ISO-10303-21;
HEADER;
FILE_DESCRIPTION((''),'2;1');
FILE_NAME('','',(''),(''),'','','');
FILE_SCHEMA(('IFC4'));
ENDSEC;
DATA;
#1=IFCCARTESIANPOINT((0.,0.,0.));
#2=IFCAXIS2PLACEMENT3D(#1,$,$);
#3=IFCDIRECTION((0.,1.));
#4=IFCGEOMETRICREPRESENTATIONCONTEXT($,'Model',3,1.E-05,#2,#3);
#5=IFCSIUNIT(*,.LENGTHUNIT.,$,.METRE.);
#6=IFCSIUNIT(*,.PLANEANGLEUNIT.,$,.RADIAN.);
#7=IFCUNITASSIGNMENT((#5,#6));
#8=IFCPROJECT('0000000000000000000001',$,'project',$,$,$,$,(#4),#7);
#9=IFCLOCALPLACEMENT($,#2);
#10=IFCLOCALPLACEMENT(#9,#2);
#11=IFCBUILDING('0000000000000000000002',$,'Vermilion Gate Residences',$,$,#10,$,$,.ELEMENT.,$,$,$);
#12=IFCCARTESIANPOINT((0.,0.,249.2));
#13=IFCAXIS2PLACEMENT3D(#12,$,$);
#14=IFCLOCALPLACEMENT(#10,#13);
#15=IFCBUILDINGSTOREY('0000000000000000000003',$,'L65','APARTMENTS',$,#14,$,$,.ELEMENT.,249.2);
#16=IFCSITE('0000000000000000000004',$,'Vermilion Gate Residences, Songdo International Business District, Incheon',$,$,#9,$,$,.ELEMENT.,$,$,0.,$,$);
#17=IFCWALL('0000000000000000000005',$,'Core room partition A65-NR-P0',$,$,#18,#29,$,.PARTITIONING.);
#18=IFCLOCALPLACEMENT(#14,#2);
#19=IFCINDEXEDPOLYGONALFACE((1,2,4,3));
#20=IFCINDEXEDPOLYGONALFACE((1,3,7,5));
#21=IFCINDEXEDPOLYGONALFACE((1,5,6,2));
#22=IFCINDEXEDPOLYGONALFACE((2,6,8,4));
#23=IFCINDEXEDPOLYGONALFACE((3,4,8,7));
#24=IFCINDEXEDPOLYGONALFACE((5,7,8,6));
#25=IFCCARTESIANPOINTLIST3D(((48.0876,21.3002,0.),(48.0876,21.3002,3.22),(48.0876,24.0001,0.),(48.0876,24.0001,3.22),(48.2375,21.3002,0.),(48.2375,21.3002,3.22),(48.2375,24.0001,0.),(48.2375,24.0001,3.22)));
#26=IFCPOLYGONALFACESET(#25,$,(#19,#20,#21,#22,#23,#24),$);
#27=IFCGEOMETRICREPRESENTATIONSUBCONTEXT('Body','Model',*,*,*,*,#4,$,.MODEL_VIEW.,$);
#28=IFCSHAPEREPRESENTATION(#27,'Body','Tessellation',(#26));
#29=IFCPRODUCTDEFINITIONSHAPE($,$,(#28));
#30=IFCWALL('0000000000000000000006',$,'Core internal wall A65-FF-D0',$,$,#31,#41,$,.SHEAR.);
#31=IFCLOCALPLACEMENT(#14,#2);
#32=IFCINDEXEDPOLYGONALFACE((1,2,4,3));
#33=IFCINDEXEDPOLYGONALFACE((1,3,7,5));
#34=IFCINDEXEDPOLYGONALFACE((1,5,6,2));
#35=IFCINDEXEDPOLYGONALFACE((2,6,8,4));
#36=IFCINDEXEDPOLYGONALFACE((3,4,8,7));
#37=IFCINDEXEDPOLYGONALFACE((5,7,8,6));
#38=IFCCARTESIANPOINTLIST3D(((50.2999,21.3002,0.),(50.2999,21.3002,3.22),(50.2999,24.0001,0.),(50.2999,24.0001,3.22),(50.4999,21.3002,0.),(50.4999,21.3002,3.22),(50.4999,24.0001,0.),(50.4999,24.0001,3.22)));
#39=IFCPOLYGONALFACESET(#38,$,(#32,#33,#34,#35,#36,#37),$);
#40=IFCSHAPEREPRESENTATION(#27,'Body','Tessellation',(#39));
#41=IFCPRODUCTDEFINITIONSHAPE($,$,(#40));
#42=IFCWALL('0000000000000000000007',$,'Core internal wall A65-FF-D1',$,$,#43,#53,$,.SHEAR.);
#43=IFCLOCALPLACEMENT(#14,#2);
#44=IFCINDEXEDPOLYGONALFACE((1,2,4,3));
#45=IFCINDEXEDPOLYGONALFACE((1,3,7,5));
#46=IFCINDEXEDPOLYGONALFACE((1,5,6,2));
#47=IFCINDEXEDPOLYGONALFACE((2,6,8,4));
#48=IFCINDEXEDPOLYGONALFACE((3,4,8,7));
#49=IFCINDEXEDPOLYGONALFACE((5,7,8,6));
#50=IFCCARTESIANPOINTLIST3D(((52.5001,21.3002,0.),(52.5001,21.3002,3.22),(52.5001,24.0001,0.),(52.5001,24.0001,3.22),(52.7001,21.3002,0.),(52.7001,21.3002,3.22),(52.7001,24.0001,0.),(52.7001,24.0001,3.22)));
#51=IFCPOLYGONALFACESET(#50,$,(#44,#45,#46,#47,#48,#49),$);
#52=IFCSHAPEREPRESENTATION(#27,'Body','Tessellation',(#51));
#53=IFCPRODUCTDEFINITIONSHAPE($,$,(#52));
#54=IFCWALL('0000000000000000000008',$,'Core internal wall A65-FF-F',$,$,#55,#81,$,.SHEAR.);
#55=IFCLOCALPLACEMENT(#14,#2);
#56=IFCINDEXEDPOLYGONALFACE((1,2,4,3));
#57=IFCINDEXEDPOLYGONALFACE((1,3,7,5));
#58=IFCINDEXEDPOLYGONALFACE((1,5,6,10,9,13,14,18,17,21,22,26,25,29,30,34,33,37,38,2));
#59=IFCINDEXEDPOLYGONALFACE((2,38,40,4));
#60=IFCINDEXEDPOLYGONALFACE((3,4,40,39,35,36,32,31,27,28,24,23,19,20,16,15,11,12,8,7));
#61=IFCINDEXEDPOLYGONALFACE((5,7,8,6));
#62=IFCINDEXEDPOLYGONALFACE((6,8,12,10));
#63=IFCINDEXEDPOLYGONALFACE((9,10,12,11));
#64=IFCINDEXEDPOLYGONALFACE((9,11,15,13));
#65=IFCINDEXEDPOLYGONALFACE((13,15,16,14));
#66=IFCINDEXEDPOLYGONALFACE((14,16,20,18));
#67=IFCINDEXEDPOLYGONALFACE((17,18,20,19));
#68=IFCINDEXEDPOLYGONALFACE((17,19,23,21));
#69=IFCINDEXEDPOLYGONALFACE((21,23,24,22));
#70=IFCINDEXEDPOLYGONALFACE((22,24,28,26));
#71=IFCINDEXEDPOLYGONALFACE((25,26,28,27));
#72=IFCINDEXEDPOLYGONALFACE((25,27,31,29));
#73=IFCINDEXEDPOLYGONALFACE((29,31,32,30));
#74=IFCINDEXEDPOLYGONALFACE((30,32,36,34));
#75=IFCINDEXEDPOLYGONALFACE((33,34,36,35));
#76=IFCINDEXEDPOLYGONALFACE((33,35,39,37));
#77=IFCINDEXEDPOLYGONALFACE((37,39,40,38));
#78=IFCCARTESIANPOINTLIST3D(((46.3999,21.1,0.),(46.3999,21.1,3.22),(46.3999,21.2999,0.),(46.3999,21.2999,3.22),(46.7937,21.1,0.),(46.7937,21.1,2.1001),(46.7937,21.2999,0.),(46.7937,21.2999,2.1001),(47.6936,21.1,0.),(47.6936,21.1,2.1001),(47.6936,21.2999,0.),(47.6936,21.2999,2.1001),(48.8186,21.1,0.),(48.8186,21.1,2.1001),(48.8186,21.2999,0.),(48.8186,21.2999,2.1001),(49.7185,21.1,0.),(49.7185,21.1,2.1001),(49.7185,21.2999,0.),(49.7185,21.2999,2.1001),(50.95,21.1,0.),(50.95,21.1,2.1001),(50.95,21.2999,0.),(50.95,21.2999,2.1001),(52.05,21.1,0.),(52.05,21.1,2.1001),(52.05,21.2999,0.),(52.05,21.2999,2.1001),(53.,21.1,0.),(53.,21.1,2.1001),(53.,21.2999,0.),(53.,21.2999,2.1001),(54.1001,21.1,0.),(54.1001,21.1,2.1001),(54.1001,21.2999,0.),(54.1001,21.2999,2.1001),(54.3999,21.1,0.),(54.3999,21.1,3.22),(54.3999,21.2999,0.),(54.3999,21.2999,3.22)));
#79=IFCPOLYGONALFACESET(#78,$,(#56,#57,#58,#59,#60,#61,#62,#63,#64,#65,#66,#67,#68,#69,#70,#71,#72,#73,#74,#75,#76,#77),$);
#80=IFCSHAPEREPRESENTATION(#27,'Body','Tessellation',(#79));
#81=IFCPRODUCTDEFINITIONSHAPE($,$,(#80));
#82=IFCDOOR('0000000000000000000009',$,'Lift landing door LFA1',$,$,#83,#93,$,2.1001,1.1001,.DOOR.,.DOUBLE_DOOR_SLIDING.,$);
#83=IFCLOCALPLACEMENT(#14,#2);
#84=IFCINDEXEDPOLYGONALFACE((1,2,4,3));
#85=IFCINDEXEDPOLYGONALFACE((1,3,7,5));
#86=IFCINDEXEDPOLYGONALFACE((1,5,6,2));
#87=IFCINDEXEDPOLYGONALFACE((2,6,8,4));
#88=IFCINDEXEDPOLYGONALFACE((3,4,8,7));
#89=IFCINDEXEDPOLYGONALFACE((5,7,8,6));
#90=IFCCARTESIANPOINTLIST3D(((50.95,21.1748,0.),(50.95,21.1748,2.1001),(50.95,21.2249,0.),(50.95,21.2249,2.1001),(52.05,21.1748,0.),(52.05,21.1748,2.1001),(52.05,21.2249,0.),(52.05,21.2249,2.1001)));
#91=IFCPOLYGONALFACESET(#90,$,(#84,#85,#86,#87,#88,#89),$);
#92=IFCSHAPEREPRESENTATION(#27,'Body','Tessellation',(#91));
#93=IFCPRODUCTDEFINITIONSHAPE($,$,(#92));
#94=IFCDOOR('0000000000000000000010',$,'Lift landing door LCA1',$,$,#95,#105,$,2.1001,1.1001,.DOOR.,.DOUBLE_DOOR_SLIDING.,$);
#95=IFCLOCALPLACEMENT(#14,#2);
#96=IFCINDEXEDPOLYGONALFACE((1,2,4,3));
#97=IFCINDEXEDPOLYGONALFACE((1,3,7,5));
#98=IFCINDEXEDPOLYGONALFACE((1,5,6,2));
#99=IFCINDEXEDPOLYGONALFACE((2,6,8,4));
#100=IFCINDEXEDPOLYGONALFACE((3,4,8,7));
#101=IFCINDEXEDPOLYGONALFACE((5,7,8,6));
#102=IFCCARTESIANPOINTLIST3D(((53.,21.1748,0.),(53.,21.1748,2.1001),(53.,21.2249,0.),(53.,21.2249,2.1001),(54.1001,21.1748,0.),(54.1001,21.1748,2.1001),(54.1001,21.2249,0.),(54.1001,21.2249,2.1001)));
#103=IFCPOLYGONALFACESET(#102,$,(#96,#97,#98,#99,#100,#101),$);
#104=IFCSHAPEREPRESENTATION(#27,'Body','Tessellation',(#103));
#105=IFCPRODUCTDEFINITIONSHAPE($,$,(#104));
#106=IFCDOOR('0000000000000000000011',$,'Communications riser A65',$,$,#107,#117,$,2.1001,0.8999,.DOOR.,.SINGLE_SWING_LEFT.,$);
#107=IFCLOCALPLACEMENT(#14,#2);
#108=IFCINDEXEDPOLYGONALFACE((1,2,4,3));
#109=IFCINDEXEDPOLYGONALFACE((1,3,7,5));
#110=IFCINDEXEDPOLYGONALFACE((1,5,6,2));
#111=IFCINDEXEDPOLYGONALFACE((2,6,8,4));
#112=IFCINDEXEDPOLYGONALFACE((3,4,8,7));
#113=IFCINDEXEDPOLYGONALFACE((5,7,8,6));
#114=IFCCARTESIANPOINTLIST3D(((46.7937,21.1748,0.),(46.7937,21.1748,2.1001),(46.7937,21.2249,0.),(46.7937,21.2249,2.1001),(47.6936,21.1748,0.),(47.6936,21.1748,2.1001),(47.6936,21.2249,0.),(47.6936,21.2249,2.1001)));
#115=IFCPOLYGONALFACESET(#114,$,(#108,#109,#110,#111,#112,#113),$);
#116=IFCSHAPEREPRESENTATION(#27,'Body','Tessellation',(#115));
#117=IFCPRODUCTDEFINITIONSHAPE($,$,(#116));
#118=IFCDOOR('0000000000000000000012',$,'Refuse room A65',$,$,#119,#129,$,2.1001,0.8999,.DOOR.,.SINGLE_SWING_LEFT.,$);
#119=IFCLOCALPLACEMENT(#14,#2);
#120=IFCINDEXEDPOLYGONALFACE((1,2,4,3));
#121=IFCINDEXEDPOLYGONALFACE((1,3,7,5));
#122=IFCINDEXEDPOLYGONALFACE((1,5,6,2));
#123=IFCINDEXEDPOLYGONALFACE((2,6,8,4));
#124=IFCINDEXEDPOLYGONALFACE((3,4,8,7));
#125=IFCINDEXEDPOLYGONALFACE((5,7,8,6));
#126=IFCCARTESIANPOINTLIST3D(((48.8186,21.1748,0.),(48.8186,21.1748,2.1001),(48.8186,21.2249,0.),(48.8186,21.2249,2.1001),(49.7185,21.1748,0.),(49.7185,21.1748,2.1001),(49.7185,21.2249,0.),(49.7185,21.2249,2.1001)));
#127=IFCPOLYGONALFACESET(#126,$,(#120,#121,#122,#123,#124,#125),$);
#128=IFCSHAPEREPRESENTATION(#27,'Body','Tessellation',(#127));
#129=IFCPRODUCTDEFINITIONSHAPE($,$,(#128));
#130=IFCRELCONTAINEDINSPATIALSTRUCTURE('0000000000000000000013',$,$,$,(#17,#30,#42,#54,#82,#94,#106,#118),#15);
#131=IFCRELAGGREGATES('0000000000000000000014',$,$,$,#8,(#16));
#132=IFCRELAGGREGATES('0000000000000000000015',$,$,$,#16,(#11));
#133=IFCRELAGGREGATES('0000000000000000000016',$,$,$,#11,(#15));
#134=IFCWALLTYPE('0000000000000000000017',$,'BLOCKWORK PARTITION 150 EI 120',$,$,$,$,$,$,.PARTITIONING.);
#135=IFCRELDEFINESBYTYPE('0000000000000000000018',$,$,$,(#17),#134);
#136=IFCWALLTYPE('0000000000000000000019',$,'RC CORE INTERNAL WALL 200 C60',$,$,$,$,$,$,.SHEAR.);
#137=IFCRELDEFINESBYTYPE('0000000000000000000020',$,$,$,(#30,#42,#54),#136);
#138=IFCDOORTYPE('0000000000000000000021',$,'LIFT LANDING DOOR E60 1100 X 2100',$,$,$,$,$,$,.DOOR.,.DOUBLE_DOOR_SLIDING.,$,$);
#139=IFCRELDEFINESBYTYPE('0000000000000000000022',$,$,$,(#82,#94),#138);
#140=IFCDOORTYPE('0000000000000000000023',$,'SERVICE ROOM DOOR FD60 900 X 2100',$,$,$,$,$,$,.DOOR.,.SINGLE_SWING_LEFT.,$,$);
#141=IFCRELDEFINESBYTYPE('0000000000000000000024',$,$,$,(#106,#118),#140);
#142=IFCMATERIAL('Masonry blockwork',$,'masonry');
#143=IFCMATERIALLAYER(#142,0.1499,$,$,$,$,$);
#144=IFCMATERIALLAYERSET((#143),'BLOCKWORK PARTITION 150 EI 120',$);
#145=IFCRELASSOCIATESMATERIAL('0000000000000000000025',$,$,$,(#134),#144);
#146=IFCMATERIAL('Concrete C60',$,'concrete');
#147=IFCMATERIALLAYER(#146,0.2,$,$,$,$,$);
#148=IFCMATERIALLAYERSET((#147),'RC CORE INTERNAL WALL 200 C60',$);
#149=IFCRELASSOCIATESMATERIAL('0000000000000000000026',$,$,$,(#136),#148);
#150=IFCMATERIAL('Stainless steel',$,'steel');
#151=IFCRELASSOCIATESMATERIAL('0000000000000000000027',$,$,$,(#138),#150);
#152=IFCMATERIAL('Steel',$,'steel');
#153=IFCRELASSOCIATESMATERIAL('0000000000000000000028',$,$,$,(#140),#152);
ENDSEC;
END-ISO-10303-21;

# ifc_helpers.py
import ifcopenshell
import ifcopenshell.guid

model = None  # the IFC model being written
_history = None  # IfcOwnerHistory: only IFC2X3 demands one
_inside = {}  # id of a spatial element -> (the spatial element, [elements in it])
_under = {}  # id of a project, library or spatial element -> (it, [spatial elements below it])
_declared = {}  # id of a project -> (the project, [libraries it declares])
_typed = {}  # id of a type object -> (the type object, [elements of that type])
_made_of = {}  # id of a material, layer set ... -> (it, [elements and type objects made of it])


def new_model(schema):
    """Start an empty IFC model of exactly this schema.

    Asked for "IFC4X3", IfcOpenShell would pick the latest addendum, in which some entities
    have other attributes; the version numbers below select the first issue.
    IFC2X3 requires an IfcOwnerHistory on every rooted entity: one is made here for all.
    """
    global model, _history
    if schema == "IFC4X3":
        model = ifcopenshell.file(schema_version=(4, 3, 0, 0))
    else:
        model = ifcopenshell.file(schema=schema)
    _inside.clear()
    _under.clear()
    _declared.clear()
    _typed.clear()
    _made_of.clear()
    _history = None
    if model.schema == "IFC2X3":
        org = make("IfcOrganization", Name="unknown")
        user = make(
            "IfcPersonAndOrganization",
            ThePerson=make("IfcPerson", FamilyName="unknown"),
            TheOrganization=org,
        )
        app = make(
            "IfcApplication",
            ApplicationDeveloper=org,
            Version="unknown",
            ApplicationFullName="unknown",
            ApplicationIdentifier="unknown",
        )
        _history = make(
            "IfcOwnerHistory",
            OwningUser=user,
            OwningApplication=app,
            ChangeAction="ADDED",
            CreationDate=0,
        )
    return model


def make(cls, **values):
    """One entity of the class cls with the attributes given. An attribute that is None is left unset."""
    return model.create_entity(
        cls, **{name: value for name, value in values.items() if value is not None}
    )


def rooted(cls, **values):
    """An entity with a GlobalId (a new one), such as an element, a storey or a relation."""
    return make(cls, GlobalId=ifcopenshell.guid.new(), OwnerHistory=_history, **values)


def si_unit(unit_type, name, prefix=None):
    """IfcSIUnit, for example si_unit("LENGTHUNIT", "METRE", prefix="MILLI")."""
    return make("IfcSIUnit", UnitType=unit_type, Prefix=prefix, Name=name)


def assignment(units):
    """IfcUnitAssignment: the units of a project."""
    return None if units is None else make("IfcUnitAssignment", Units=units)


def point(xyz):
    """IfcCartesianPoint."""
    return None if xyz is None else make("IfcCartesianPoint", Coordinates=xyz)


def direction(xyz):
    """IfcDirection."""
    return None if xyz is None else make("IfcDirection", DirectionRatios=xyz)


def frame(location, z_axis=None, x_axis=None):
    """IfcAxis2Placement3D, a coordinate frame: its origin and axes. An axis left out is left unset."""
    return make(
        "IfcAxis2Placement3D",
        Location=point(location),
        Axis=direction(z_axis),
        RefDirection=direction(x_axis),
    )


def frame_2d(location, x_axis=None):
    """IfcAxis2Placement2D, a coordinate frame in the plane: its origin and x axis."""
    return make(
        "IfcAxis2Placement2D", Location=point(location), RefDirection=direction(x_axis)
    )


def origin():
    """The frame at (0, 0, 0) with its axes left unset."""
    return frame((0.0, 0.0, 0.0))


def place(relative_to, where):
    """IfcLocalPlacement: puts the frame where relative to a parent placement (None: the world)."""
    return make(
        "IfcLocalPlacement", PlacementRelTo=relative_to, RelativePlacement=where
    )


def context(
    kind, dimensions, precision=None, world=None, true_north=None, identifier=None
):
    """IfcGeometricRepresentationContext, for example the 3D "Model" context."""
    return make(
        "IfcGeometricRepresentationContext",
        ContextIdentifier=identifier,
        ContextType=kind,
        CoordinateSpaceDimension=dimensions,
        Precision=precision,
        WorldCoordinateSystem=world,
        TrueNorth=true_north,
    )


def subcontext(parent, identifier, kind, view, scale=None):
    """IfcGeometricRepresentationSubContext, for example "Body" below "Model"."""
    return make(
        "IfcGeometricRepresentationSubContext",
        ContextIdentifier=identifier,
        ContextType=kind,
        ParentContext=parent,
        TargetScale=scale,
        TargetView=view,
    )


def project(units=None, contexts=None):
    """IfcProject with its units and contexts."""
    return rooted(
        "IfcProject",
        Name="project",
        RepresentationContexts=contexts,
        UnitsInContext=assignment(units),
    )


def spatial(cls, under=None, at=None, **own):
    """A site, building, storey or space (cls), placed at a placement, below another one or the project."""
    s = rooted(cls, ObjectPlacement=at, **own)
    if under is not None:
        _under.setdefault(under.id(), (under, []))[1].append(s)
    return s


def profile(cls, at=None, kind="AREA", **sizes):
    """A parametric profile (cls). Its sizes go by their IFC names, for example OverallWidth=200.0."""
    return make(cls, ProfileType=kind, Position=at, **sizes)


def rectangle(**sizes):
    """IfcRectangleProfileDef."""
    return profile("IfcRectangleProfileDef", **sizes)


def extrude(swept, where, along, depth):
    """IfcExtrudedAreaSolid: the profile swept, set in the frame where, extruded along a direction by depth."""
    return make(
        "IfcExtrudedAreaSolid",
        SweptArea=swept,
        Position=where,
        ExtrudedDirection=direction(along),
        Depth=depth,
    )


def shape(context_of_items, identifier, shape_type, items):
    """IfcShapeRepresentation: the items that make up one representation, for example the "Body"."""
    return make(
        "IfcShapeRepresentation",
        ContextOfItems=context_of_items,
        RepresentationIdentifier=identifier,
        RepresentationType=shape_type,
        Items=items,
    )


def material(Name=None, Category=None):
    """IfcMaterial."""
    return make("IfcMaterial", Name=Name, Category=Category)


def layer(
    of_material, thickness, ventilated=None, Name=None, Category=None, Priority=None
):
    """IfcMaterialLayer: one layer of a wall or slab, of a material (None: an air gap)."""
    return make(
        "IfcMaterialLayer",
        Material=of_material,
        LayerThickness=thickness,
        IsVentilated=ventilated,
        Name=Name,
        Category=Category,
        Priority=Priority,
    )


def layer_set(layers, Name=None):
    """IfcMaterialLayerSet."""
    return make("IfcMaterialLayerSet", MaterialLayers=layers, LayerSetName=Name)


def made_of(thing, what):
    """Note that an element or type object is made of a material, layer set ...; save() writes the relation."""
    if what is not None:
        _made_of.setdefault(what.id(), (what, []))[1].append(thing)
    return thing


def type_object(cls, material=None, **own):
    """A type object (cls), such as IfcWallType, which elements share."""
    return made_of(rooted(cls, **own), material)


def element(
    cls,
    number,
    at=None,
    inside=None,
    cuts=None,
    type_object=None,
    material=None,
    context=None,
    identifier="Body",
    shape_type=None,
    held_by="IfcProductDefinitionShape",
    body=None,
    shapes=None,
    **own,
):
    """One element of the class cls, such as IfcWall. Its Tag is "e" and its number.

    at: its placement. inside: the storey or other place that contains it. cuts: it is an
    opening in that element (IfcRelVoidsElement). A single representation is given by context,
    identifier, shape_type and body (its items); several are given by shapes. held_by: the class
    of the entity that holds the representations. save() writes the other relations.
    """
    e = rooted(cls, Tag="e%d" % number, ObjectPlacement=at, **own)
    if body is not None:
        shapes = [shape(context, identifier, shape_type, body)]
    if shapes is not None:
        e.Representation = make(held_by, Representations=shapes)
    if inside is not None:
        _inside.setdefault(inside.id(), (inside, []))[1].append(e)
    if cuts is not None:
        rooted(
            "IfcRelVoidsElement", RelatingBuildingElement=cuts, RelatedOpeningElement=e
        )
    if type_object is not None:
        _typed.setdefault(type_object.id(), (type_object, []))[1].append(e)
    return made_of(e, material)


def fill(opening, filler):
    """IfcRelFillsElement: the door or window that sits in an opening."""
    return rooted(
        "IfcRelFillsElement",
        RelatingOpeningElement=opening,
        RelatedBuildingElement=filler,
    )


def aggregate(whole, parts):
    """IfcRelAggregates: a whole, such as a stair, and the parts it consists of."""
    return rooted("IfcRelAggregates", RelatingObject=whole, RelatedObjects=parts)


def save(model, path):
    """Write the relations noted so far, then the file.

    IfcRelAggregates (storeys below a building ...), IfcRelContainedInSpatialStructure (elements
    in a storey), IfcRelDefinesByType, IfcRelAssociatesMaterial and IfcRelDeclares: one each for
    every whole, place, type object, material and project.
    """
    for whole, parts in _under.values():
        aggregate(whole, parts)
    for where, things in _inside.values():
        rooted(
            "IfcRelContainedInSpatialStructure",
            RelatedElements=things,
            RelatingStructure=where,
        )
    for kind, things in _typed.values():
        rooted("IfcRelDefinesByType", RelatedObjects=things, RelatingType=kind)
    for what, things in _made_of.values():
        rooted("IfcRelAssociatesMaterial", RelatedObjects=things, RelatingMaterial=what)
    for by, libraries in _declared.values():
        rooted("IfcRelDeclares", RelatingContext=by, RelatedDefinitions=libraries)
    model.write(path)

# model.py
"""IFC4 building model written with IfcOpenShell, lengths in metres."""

from ifc_helpers import new_model, si_unit, direction, frame, frame_2d, origin, place, context, subcontext, project, spatial, rectangle, extrude, material, layer, layer_set, type_object, element, fill, save


model = new_model("IFC4")

# Units and contexts
model_context = context("Model", 3, precision=1e-05, world=origin(), true_north=direction((0.0, 1.0)))
body_context = subcontext(model_context, "Body", "Model", "MODEL_VIEW")
ifc_project = project(units=[si_unit("LENGTHUNIT", "METRE"), si_unit("PLANEANGLEUNIT", "RADIAN")], contexts=[model_context])

# Site, building, storey
site_placement = place(None, origin())
site = spatial("IfcSite", under=ifc_project, at=site_placement, Name="Vermilion Gate Residences, Songdo International Business District, Incheon", CompositionType="ELEMENT", RefElevation=0.0)
building_placement = place(site_placement, origin())
building = spatial("IfcBuilding", under=site, at=building_placement, Name="Vermilion Gate Residences", CompositionType="ELEMENT")
storey_placement = place(building_placement, frame((0.0, 0.0, 249.2)))
storey = spatial("IfcBuildingStorey", under=building, at=storey_placement, Name="L65", Description="APARTMENTS", CompositionType="ELEMENT", Elevation=249.2)

# Walls
ifc_material_1 = material(Name="Masonry blockwork", Category="masonry")
ifc_layer_1 = layer(ifc_material_1, 0.1499)
ifc_layer_set_1 = layer_set([ifc_layer_1], Name="BLOCKWORK PARTITION 150 EI 120")
wall_type_1 = type_object("IfcWallType", Name="BLOCKWORK PARTITION 150 EI 120", PredefinedType="PARTITIONING", material=ifc_layer_set_1)
wall_1_placement = place(storey_placement, frame((48.1626, 21.3, 0.0), z_axis=(0.0, 0.0, 1.0), x_axis=(0.0, 1.0, 0.0)))
element("IfcWall", 1, at=wall_1_placement, inside=storey, type_object=wall_type_1, Name="Core room partition A65-NR-P0", PredefinedType="PARTITIONING", context=body_context, shape_type="SweptSolid", body=[
    extrude(rectangle(XDim=2.7, YDim=0.1499, at=frame_2d((1.3501, 0.0))), origin(), (0.0, 0.0, 1.0), 3.22),
])
ifc_material_2 = material(Name="Concrete C60", Category="concrete")
ifc_layer_2 = layer(ifc_material_2, 0.2)
ifc_layer_set_2 = layer_set([ifc_layer_2], Name="RC CORE INTERNAL WALL 200 C60")
wall_type_2 = type_object("IfcWallType", Name="RC CORE INTERNAL WALL 200 C60", PredefinedType="SHEAR", material=ifc_layer_set_2)
for number, where, z_axis, x_axis, name in (
    (2, (50.3999, 21.3, 0.0), (0.0, 0.0, 1.0), (0.0, 1.0, 0.0), "Core internal wall A65-FF-D0"),
    (3, (52.6001, 21.3, 0.0), (0.0, 0.0, 1.0), (0.0, 1.0, 0.0), "Core internal wall A65-FF-D1"),
):
    element("IfcWall", number, at=place(storey_placement, frame(where, z_axis=z_axis, x_axis=x_axis)), inside=storey, type_object=wall_type_2, Name=name, PredefinedType="SHEAR", context=body_context, shape_type="SweptSolid", body=[
        extrude(rectangle(XDim=2.7, YDim=0.2, at=frame_2d((1.3501, 0.0))), origin(), (0.0, 0.0, 1.0), 3.22),
    ])

# Wall, openings, doors
wall_2_placement = place(storey_placement, frame((46.3999, 21.2, 0.0), z_axis=(0.0, 0.0, 1.0), x_axis=(1.0, 0.0, 0.0)))
wall_2 = element("IfcWall", 4, at=wall_2_placement, inside=storey, type_object=wall_type_2, Name="Core internal wall A65-FF-F", PredefinedType="SHEAR", context=body_context, shape_type="SweptSolid", body=[
    extrude(rectangle(XDim=8.0, YDim=0.2, at=frame_2d((4.0, 0.0))), origin(), (0.0, 0.0, 1.0), 3.22),
])
opening_1_placement = place(wall_2_placement, frame((0.3938, 0.0, 0.0)))
opening_1 = element("IfcOpeningElement", 5, at=opening_1_placement, cuts=wall_2, PredefinedType="OPENING", context=body_context, shape_type="SweptSolid", body=[
    extrude(rectangle(XDim=0.8999, YDim=2.1001, at=frame_2d((0.45, 1.05))), frame((0.0, 0.1099, 0.0), z_axis=(0.0, -1.0, 0.0), x_axis=(1.0, 0.0, 0.0)), (0.0, 0.0, 1.0), 0.22),
])
opening_2_placement = place(wall_2_placement, frame((2.4187, 0.0, 0.0)))
opening_2 = element("IfcOpeningElement", 6, at=opening_2_placement, cuts=wall_2, PredefinedType="OPENING", context=body_context, shape_type="SweptSolid", body=[
    extrude(rectangle(XDim=0.8999, YDim=2.1001, at=frame_2d((0.45, 1.05))), frame((0.0, 0.1099, 0.0), z_axis=(0.0, -1.0, 0.0), x_axis=(1.0, 0.0, 0.0)), (0.0, 0.0, 1.0), 0.22),
])
opening_3_placement = place(wall_2_placement, frame((4.55, 0.0, 0.0)))
opening_3 = element("IfcOpeningElement", 7, at=opening_3_placement, cuts=wall_2, PredefinedType="OPENING", context=body_context, shape_type="SweptSolid", body=[
    extrude(rectangle(XDim=1.1001, YDim=2.1001, at=frame_2d((0.55, 1.05))), frame((0.0, 0.1099, 0.0), z_axis=(0.0, -1.0, 0.0), x_axis=(1.0, 0.0, 0.0)), (0.0, 0.0, 1.0), 0.22),
])
opening_4_placement = place(wall_2_placement, frame((6.6001, 0.0, 0.0)))
opening_4 = element("IfcOpeningElement", 8, at=opening_4_placement, cuts=wall_2, PredefinedType="OPENING", context=body_context, shape_type="SweptSolid", body=[
    extrude(rectangle(XDim=1.1001, YDim=2.1001, at=frame_2d((0.55, 1.05))), frame((0.0, 0.1099, 0.0), z_axis=(0.0, -1.0, 0.0), x_axis=(1.0, 0.0, 0.0)), (0.0, 0.0, 1.0), 0.22),
])
ifc_material_3 = material(Name="Stainless steel", Category="steel")
door_type_1 = type_object("IfcDoorType", Name="LIFT LANDING DOOR E60 1100 X 2100", OperationType="DOUBLE_DOOR_SLIDING", PredefinedType="DOOR", material=ifc_material_3)
door_1_placement = place(opening_3_placement, origin())
door_1 = element("IfcDoor", 9, at=door_1_placement, inside=storey, type_object=door_type_1, Name="Lift landing door LFA1", OperationType="DOUBLE_DOOR_SLIDING", OverallHeight=2.1001, OverallWidth=1.1001, PredefinedType="DOOR", context=body_context, shape_type="SweptSolid", body=[
    extrude(rectangle(XDim=1.1001, YDim=2.1001, at=frame_2d((0.55, 1.05))), frame((0.0, 0.0249, 0.0), z_axis=(0.0, -1.0, 0.0), x_axis=(1.0, 0.0, 0.0)), (0.0, 0.0, 1.0), 0.05),
])
fill(opening_3, door_1)
door_2_placement = place(opening_4_placement, origin())
door_2 = element("IfcDoor", 10, at=door_2_placement, inside=storey, type_object=door_type_1, Name="Lift landing door LCA1", OperationType="DOUBLE_DOOR_SLIDING", OverallHeight=2.1001, OverallWidth=1.1001, PredefinedType="DOOR", context=body_context, shape_type="SweptSolid", body=[
    extrude(rectangle(XDim=1.1001, YDim=2.1001, at=frame_2d((0.55, 1.05))), frame((0.0, 0.0249, 0.0), z_axis=(0.0, -1.0, 0.0), x_axis=(1.0, 0.0, 0.0)), (0.0, 0.0, 1.0), 0.05),
])
fill(opening_4, door_2)
ifc_material_4 = material(Name="Steel", Category="steel")
door_type_2 = type_object("IfcDoorType", Name="SERVICE ROOM DOOR FD60 900 X 2100", OperationType="SINGLE_SWING_LEFT", PredefinedType="DOOR", material=ifc_material_4)
door_3_placement = place(opening_1_placement, origin())
door_3 = element("IfcDoor", 11, at=door_3_placement, inside=storey, type_object=door_type_2, Name="Communications riser A65", OperationType="SINGLE_SWING_LEFT", OverallHeight=2.1001, OverallWidth=0.8999, PredefinedType="DOOR", context=body_context, shape_type="SweptSolid", body=[
    extrude(rectangle(XDim=0.8999, YDim=2.1001, at=frame_2d((0.45, 1.05))), frame((0.0, 0.0249, 0.0), z_axis=(0.0, -1.0, 0.0), x_axis=(1.0, 0.0, 0.0)), (0.0, 0.0, 1.0), 0.05),
])
fill(opening_1, door_3)
door_4_placement = place(opening_2_placement, origin())
door_4 = element("IfcDoor", 12, at=door_4_placement, inside=storey, type_object=door_type_2, Name="Refuse room A65", OperationType="SINGLE_SWING_LEFT", OverallHeight=2.1001, OverallWidth=0.8999, PredefinedType="DOOR", context=body_context, shape_type="SweptSolid", body=[
    extrude(rectangle(XDim=0.8999, YDim=2.1001, at=frame_2d((0.45, 1.05))), frame((0.0, 0.0249, 0.0), z_axis=(0.0, -1.0, 0.0), x_axis=(1.0, 0.0, 0.0)), (0.0, 0.0, 1.0), 0.05),
])
fill(opening_2, door_4)

save(model, "model.ifc")
